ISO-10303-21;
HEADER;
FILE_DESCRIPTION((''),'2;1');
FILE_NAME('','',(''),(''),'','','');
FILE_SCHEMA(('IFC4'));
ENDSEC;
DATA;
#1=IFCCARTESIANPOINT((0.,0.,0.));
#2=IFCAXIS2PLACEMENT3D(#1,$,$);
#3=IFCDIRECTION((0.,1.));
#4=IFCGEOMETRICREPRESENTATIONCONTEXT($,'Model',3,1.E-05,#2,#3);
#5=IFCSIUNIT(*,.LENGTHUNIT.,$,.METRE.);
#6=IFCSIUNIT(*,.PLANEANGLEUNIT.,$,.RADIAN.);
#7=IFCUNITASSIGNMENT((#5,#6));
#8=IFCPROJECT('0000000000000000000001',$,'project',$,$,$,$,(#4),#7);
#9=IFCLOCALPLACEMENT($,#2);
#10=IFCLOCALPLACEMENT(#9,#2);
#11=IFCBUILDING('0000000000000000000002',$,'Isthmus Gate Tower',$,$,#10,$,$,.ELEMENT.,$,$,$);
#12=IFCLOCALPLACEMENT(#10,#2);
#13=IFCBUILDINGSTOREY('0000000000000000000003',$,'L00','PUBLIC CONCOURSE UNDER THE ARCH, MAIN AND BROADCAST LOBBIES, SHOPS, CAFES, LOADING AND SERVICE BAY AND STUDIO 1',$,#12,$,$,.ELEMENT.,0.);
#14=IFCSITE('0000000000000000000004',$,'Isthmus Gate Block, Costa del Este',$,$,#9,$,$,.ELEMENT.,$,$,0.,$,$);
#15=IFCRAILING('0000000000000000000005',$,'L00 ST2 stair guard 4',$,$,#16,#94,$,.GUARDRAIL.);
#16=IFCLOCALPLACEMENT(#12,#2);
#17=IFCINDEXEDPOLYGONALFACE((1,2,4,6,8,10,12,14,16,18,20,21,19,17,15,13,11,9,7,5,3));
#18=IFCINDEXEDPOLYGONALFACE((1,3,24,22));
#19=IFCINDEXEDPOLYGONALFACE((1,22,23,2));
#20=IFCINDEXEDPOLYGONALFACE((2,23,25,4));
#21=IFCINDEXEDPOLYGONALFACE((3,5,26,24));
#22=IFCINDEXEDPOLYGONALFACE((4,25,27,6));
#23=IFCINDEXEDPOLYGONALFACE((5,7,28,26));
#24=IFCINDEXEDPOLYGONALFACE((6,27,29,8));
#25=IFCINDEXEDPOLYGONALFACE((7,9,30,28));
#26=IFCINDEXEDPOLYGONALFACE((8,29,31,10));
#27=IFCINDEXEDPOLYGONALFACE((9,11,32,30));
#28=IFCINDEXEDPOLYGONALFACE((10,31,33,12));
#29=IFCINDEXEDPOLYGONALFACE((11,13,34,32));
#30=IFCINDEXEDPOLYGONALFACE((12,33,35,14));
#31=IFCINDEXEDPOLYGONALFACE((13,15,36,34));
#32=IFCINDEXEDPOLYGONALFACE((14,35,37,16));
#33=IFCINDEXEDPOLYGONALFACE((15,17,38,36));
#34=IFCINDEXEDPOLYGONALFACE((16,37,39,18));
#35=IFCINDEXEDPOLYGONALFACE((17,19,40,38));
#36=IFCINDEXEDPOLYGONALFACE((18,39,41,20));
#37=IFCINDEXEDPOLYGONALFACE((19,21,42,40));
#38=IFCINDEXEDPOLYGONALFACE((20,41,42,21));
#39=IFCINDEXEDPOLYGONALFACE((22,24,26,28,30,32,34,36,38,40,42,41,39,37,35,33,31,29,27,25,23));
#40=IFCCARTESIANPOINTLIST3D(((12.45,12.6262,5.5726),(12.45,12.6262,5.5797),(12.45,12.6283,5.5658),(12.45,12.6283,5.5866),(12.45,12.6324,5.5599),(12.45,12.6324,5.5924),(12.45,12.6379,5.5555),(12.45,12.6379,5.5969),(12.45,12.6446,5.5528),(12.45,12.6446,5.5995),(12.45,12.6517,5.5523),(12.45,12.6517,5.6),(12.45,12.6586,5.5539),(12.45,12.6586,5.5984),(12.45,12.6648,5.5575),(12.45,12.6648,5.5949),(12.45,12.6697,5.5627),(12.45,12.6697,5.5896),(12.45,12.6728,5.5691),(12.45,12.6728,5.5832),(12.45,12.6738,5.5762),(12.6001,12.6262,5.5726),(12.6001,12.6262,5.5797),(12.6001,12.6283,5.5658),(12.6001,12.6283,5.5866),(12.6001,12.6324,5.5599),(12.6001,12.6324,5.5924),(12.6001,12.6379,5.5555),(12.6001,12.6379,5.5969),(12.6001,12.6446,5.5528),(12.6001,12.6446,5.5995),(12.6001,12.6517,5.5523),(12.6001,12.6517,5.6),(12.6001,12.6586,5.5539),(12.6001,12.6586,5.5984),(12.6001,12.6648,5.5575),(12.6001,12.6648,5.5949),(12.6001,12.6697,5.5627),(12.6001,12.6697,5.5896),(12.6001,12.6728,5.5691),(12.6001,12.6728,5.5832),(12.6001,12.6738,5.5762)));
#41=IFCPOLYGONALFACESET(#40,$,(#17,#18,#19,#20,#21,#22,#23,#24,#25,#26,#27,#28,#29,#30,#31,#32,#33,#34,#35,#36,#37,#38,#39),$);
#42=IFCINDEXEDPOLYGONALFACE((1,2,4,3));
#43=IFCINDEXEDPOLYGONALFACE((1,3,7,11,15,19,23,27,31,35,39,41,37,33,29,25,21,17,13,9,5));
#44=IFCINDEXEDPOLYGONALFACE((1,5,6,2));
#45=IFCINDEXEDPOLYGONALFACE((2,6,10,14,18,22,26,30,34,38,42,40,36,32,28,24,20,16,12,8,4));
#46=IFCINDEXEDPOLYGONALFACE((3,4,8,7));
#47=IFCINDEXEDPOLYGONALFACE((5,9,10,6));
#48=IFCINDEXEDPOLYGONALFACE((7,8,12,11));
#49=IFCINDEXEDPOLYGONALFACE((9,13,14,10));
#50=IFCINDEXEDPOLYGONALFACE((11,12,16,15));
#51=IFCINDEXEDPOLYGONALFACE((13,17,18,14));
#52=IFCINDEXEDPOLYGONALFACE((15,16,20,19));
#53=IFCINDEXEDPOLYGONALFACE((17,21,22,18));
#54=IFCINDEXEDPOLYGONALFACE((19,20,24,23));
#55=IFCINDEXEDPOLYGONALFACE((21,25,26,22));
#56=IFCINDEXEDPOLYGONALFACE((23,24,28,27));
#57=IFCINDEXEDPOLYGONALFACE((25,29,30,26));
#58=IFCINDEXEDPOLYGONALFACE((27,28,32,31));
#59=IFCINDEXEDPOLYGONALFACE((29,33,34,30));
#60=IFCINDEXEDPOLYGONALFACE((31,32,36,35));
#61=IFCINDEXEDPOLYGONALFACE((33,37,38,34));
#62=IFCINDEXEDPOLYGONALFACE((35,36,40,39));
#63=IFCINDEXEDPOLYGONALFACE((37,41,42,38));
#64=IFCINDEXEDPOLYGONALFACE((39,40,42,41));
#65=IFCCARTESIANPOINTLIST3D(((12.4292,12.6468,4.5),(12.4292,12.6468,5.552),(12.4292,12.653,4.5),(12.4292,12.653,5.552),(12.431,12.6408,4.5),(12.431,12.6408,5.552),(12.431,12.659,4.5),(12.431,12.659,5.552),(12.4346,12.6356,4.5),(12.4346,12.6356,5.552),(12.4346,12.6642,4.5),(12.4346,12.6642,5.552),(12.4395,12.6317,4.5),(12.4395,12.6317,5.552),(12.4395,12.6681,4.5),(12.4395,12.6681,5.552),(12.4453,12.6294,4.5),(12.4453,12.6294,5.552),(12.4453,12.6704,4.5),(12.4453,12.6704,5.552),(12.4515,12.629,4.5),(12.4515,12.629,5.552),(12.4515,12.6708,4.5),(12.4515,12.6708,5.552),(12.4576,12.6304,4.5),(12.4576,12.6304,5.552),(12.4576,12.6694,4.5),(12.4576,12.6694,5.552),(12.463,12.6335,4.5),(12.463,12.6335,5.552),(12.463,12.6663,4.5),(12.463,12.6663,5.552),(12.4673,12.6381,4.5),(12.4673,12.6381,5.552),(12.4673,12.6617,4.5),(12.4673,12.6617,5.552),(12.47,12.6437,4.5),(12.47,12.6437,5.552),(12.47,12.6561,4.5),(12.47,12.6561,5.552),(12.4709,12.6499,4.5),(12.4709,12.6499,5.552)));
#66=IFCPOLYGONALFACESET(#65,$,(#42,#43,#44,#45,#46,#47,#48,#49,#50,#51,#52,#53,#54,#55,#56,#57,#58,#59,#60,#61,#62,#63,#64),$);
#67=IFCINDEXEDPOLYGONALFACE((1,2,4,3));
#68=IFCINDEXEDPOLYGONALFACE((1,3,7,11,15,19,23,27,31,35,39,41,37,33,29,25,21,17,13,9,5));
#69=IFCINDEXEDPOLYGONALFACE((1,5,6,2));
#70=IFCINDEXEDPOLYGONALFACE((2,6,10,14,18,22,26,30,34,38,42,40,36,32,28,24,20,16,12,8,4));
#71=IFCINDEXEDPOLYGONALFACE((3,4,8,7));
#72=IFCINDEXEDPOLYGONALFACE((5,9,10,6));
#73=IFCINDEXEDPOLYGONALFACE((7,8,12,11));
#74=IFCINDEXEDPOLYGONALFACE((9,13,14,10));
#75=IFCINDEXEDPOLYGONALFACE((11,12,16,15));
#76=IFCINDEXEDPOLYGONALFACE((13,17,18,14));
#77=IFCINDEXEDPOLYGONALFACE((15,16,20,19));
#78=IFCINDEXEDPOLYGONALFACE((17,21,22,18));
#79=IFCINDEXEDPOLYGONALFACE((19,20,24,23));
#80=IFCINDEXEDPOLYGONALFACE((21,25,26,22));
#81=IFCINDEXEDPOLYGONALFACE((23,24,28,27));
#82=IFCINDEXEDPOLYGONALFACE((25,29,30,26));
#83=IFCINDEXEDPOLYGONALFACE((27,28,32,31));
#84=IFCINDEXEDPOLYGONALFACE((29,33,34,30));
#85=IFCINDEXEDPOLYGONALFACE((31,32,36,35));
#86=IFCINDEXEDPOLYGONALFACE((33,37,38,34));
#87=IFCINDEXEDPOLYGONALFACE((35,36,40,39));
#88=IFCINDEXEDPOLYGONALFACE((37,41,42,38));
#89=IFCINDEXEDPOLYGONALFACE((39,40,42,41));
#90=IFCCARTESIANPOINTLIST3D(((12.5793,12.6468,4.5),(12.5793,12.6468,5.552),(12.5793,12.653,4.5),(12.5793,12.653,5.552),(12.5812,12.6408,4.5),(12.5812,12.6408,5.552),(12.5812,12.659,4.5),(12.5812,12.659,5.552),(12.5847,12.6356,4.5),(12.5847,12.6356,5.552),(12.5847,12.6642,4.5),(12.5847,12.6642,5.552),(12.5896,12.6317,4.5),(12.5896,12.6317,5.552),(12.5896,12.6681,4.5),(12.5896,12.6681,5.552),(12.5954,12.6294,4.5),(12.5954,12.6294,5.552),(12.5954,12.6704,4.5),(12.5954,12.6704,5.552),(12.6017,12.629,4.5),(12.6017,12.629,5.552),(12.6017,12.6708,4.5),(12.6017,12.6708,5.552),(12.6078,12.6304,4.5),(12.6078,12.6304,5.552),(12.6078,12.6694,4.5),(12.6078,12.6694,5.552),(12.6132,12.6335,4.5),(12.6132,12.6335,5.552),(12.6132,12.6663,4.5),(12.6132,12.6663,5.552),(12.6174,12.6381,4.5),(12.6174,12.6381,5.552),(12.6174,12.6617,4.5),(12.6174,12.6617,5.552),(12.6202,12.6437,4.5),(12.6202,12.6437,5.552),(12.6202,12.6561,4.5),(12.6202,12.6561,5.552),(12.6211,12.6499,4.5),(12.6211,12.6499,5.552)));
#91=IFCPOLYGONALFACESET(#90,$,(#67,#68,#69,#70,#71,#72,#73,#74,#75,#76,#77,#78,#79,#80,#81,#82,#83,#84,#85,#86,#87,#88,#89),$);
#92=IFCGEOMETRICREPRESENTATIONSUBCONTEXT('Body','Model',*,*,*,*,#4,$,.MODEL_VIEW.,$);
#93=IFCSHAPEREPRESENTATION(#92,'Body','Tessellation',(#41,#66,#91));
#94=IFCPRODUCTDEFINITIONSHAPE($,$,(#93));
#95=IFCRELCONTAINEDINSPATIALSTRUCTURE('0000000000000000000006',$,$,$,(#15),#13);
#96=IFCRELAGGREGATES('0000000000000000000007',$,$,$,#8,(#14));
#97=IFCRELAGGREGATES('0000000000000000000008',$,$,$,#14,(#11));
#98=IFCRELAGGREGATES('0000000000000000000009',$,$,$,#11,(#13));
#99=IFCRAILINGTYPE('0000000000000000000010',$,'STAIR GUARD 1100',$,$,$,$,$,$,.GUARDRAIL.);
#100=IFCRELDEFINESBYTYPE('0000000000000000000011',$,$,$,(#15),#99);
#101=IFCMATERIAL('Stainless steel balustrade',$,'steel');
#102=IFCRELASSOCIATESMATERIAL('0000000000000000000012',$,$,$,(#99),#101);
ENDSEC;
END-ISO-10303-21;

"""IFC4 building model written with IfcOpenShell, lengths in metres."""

from ifc_helpers import new_model, si_unit, direction, frame, origin, origin_2d, place, context, subcontext, project, spatial, circle, extrude, material, type_object, element, save


model = new_model("IFC4")

# Units and contexts
model_context = context("Model", 3, precision=1e-05, world=origin(), true_north=direction((0.0, 1.0)))
body_context = subcontext(model_context, "Body", "Model", "MODEL_VIEW")
ifc_project = project(units=[si_unit("LENGTHUNIT", "METRE"), si_unit("PLANEANGLEUNIT", "RADIAN")], contexts=[model_context])

# Site, building, storey
site_placement = place(None, origin())
site = spatial("IfcSite", under=ifc_project, at=site_placement, Name="Isthmus Gate Block, Costa del Este", CompositionType="ELEMENT", RefElevation=0.0)
building_placement = place(site_placement, origin())
building = spatial("IfcBuilding", under=site, at=building_placement, Name="Isthmus Gate Tower", CompositionType="ELEMENT")
storey_placement = place(building_placement, origin())
storey = spatial("IfcBuildingStorey", under=building, at=storey_placement, Name="L00", Description="PUBLIC CONCOURSE UNDER THE ARCH, MAIN AND BROADCAST LOBBIES, SHOPS, CAFES, LOADING AND SERVICE BAY AND STUDIO 1", CompositionType="ELEMENT", Elevation=0.0)

# Railing
ifc_material_1 = material(Name="Stainless steel balustrade", Category="steel")
railing_type_1 = type_object("IfcRailingType", Name="STAIR GUARD 1100", PredefinedType="GUARDRAIL", material=ifc_material_1)
railing_1_placement = place(storey_placement, frame((12.45, 12.6499, 4.5)))
element("IfcRailing", 1, at=railing_1_placement, inside=storey, type_object=railing_type_1, Name="L00 ST2 stair guard 4", PredefinedType="GUARDRAIL", context=body_context, shape_type="SweptSolid", body=[
    extrude(circle(Radius=0.0239, at=origin_2d()), frame((0.0, 0.0, 1.0762), z_axis=(1.0, 0.0, 0.0), x_axis=(0.0, 1.0, 0.0)), (0.0, 0.0, 1.0), 0.1501),
    extrude(circle(Radius=0.021, at=origin_2d()), origin(), (0.0, 0.0, 1.0), 1.052),
    extrude(circle(Radius=0.021, at=origin_2d()), frame((0.1501, 0.0, 0.0)), (0.0, 0.0, 1.0), 1.052),
])

save(model, "model.ifc")
